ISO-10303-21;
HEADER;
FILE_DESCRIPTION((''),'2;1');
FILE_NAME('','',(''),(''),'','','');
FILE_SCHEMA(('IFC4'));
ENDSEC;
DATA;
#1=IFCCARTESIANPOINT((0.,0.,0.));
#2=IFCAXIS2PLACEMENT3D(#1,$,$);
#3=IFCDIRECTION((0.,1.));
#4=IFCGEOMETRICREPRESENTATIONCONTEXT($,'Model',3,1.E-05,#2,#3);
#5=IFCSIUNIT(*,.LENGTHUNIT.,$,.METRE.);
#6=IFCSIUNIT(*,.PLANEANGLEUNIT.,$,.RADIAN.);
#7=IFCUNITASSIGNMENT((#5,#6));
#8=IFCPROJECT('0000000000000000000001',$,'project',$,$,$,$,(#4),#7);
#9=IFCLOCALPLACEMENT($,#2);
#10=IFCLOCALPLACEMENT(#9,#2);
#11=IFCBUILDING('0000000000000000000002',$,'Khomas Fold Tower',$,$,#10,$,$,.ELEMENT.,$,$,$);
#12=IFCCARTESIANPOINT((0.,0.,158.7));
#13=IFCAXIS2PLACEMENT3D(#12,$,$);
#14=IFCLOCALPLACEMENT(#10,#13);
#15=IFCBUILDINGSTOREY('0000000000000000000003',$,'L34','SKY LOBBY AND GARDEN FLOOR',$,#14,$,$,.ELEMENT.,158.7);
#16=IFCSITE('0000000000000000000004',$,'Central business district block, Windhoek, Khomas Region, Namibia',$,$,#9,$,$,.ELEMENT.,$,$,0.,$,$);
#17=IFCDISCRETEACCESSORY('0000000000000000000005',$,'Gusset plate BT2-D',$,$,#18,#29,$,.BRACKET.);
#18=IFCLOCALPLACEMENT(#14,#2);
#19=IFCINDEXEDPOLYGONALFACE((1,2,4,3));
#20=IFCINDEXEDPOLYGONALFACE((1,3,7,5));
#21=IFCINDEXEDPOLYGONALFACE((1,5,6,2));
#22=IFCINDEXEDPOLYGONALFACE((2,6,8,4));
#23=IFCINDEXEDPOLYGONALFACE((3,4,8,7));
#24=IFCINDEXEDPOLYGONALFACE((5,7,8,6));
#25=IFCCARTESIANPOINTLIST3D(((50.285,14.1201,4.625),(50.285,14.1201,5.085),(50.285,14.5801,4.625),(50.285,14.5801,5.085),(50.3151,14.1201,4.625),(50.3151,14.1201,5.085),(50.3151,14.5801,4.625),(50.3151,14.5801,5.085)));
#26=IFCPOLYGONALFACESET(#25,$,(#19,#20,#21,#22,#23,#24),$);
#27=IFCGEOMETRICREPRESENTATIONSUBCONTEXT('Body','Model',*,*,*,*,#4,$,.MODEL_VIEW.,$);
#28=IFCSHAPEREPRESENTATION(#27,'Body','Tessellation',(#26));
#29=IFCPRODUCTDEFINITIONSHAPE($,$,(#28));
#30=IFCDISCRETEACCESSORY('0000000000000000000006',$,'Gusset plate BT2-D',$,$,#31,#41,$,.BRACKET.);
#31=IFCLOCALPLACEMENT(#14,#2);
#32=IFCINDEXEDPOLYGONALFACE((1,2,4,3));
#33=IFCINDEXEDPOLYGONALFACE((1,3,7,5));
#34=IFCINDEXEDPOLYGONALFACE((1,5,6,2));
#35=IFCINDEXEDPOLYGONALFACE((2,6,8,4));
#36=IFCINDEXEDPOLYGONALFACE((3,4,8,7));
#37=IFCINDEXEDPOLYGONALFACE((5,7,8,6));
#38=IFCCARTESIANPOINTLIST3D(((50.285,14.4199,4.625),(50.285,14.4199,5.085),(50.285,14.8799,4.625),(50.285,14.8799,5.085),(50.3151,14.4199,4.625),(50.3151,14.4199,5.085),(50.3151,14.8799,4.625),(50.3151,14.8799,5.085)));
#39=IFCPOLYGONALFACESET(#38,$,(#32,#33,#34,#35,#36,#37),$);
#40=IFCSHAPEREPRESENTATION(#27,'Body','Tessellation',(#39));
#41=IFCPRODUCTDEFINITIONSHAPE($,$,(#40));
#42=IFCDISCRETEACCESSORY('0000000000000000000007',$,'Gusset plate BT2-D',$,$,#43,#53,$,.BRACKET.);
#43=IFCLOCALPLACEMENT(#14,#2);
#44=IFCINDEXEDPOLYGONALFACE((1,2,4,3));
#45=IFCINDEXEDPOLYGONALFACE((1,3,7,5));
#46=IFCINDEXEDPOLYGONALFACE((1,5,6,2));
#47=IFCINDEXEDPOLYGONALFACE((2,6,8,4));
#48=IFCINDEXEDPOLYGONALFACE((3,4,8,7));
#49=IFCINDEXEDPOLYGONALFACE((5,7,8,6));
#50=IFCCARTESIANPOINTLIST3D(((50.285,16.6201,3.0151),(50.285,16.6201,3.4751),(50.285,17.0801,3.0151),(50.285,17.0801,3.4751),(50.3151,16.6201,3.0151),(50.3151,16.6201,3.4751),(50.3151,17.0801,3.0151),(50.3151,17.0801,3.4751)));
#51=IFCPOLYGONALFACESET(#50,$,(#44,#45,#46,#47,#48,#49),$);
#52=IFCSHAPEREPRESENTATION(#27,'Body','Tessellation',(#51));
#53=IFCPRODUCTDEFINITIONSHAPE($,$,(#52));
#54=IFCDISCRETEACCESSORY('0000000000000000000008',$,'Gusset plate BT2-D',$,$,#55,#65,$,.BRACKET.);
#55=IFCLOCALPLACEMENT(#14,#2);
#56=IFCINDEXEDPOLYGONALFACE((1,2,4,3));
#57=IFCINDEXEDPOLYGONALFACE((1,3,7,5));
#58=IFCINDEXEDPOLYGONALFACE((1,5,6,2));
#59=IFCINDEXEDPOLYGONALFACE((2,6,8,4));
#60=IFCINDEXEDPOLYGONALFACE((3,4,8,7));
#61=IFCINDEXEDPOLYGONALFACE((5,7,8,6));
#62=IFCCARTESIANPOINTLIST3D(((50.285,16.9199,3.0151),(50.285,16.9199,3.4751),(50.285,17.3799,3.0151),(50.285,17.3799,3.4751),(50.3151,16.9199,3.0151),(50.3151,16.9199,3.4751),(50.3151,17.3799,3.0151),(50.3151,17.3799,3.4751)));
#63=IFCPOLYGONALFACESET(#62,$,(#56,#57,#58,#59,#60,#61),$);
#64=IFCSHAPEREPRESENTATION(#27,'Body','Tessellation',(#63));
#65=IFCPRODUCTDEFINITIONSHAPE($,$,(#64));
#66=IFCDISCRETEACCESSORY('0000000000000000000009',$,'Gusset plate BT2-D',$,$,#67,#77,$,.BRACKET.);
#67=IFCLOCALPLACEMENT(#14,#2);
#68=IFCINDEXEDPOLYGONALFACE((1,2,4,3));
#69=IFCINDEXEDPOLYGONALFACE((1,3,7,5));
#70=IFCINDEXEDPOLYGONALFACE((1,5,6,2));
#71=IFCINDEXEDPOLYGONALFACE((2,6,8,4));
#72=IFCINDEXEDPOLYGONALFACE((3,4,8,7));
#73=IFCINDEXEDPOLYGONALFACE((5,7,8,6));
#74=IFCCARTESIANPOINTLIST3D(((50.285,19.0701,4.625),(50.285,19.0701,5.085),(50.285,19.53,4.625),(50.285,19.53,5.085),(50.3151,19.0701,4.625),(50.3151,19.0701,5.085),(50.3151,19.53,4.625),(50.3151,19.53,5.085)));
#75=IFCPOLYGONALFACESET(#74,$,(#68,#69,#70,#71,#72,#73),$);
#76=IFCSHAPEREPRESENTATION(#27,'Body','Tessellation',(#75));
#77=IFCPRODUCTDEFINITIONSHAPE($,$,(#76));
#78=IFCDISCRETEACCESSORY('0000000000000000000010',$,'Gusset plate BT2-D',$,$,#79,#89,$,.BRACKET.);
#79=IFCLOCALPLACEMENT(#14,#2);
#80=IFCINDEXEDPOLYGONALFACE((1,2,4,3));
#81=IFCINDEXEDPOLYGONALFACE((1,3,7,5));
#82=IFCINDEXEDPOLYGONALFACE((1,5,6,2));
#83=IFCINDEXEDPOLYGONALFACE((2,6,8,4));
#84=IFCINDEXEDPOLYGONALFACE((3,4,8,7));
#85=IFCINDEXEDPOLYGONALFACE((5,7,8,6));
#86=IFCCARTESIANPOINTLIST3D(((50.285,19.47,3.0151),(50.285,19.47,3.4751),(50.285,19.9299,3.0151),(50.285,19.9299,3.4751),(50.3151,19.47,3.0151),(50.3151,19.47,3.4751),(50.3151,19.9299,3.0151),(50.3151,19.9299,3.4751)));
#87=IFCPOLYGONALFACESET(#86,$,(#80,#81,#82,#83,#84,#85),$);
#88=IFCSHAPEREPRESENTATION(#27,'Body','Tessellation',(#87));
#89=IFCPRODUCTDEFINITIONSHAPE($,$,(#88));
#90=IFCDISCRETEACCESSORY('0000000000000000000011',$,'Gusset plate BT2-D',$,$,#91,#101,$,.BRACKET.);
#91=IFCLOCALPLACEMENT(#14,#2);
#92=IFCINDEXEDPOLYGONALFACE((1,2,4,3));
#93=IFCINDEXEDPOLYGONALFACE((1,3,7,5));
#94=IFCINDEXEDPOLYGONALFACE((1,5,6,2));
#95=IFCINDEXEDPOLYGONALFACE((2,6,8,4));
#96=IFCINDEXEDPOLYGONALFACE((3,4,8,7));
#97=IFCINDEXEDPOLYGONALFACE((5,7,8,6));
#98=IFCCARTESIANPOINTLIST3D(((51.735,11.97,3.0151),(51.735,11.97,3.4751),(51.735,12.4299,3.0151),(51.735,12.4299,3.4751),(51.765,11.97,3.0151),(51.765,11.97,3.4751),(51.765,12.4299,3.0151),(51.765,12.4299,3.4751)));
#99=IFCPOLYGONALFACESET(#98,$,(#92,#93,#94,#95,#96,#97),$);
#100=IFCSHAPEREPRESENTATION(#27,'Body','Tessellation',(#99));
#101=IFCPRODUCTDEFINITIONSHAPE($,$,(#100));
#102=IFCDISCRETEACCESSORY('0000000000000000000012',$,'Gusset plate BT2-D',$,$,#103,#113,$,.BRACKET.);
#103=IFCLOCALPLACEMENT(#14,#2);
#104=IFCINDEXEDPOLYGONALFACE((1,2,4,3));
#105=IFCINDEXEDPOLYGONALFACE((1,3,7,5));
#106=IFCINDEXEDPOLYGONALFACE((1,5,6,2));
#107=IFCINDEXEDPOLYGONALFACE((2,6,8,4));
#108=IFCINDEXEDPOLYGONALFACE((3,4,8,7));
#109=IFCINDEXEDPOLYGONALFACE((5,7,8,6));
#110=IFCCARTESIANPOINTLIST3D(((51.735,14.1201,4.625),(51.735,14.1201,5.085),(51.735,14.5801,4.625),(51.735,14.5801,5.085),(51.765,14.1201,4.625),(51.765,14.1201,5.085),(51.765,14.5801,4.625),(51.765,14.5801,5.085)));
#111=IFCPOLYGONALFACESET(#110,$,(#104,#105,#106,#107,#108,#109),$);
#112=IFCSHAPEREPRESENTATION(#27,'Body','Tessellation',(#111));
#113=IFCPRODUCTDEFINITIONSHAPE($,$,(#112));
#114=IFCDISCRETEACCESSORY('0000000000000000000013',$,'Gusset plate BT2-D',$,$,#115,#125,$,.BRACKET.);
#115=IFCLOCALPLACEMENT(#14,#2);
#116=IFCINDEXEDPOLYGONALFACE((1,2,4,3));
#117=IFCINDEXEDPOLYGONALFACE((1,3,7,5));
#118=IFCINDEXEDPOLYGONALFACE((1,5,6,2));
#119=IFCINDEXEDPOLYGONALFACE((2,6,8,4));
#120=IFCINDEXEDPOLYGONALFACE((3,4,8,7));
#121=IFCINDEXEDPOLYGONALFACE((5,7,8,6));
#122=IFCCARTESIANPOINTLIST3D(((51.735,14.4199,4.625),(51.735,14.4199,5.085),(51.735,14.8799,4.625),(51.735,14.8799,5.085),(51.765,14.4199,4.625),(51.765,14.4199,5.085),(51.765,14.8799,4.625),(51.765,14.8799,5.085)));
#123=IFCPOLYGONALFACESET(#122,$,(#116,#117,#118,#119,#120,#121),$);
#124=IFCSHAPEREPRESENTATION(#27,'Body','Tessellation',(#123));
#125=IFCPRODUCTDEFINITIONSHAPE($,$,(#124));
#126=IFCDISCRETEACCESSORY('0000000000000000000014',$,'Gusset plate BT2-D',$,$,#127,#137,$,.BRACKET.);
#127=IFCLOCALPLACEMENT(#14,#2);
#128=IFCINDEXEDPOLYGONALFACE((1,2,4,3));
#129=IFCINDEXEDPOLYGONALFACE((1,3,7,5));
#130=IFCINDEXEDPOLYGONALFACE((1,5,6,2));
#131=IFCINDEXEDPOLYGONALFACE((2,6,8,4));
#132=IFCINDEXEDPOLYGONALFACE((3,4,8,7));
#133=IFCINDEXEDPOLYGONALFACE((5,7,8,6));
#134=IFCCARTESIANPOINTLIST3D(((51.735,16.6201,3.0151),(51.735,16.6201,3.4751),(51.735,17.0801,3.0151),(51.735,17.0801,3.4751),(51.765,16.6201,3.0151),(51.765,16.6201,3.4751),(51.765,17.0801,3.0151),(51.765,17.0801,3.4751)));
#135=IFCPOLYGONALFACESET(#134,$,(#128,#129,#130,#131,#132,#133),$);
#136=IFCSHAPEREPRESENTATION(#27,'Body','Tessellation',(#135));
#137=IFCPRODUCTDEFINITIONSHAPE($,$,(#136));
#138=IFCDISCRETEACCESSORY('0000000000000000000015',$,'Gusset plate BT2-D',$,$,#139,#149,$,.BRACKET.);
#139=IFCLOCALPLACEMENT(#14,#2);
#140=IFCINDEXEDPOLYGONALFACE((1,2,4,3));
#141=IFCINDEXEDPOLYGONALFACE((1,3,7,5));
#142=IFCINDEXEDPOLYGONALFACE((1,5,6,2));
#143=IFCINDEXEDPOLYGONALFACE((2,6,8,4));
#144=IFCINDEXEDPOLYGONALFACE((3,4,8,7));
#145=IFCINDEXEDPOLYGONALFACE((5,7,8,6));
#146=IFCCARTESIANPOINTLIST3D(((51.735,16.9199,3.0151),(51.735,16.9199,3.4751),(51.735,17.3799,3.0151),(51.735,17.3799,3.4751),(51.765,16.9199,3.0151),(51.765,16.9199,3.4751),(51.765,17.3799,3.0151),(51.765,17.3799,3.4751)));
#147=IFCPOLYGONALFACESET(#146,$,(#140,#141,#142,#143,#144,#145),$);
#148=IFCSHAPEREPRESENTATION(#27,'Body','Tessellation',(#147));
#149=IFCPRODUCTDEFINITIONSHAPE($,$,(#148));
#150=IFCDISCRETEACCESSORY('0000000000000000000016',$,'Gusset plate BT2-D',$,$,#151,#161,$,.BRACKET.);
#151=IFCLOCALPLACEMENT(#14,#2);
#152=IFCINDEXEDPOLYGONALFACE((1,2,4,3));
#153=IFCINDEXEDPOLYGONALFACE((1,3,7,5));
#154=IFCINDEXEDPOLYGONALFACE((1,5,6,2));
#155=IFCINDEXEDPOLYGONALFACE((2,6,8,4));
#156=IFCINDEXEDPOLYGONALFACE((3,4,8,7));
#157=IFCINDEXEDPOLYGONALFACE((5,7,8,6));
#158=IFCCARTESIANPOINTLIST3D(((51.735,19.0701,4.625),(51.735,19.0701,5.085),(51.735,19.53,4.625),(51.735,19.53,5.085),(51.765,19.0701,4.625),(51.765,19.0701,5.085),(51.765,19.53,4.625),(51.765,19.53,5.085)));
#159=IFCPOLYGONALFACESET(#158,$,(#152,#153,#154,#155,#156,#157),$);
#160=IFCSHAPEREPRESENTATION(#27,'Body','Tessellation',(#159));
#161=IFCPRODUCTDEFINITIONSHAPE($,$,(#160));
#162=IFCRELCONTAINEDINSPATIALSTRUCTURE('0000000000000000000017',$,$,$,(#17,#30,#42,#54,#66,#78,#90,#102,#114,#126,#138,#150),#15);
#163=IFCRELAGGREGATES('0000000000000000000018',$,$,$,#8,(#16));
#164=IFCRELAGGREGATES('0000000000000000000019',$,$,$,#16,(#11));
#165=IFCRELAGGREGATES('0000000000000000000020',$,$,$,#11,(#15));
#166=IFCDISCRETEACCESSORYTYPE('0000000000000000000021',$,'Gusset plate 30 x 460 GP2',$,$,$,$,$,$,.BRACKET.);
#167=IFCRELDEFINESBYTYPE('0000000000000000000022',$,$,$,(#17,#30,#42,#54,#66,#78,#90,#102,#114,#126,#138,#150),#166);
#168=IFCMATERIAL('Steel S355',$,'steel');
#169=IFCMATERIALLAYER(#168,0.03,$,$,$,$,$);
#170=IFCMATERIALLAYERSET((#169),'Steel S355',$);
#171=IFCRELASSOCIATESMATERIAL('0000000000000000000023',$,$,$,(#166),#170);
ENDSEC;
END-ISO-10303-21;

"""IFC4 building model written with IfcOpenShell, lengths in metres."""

from ifc_helpers import new_model, si_unit, direction, frame, origin, origin_2d, place, context, subcontext, project, spatial, rectangle, extrude, source, transform, mapped, material, layer, layer_set, type_object, element, save


model = new_model("IFC4")

# Units and contexts
model_context = context("Model", 3, precision=1e-05, world=origin(), true_north=direction((0.0, 1.0)))
body_context = subcontext(model_context, "Body", "Model", "MODEL_VIEW")
ifc_project = project(units=[si_unit("LENGTHUNIT", "METRE"), si_unit("PLANEANGLEUNIT", "RADIAN")], contexts=[model_context])

# Site, building, storey
site_placement = place(None, origin())
site = spatial("IfcSite", under=ifc_project, at=site_placement, Name="Central business district block, Windhoek, Khomas Region, Namibia", CompositionType="ELEMENT", RefElevation=0.0)
building_placement = place(site_placement, origin())
building = spatial("IfcBuilding", under=site, at=building_placement, Name="Khomas Fold Tower", CompositionType="ELEMENT")
storey_placement = place(building_placement, frame((0.0, 0.0, 158.7)))
storey = spatial("IfcBuildingStorey", under=building, at=storey_placement, Name="L34", Description="SKY LOBBY AND GARDEN FLOOR", CompositionType="ELEMENT", Elevation=158.7)

# Discrete accessories
ifc_material_1 = material(Name="Steel S355", Category="steel")
ifc_layer_1 = layer(ifc_material_1, 0.03)
ifc_layer_set_1 = layer_set([ifc_layer_1], Name="Steel S355")
discrete_accessory_type = type_object("IfcDiscreteAccessoryType", Name="Gusset plate 30 x 460 GP2", PredefinedType="BRACKET", material=ifc_layer_set_1)
shared_shape_1 = source(origin(), body_context, "Body", "SweptSolid", [
    extrude(rectangle(XDim=0.46, YDim=0.03, at=origin_2d()), origin(), (0.0, 0.0, 1.0), 0.46),
])
for number, where, z_axis, x_axis, name in (
    (1, (50.3, 14.3501, 4.625), (0.0, 0.0, 1.0), (0.0, 1.0, 0.0), "Gusset plate BT2-D"),
    (2, (50.3, 14.6499, 4.625), (0.0, 0.0, 1.0), (0.0, 1.0, 0.0), "Gusset plate BT2-D"),
    (3, (50.3, 16.8501, 3.0151), (0.0, 0.0, 1.0), (0.0, 1.0, 0.0), "Gusset plate BT2-D"),
    (4, (50.3, 17.1499, 3.0151), (0.0, 0.0, 1.0), (0.0, 1.0, 0.0), "Gusset plate BT2-D"),
    (5, (50.3, 19.3, 4.625), (0.0, 0.0, 1.0), (0.0, 1.0, 0.0), "Gusset plate BT2-D"),
    (6, (50.3, 19.7, 3.0151), (0.0, 0.0, 1.0), (0.0, 1.0, 0.0), "Gusset plate BT2-D"),
    (7, (51.75, 12.2, 3.0151), (0.0, 0.0, 1.0), (0.0, 1.0, 0.0), "Gusset plate BT2-D"),
    (8, (51.75, 14.3501, 4.625), (0.0, 0.0, 1.0), (0.0, 1.0, 0.0), "Gusset plate BT2-D"),
    (9, (51.75, 14.6499, 4.625), (0.0, 0.0, 1.0), (0.0, 1.0, 0.0), "Gusset plate BT2-D"),
    (10, (51.75, 16.8501, 3.0151), (0.0, 0.0, 1.0), (0.0, 1.0, 0.0), "Gusset plate BT2-D"),
    (11, (51.75, 17.1499, 3.0151), (0.0, 0.0, 1.0), (0.0, 1.0, 0.0), "Gusset plate BT2-D"),
    (12, (51.75, 19.3, 4.625), (0.0, 0.0, 1.0), (0.0, 1.0, 0.0), "Gusset plate BT2-D"),
):
    element("IfcDiscreteAccessory", number, at=place(storey_placement, frame(where, z_axis=z_axis, x_axis=x_axis)), inside=storey, type_object=discrete_accessory_type, Name=name, PredefinedType="BRACKET", context=body_context, shape_type="MappedRepresentation", body=[
        mapped(shared_shape_1, transform((0.0, 0.0, 0.0))),
    ])

save(model, "model.ifc")
